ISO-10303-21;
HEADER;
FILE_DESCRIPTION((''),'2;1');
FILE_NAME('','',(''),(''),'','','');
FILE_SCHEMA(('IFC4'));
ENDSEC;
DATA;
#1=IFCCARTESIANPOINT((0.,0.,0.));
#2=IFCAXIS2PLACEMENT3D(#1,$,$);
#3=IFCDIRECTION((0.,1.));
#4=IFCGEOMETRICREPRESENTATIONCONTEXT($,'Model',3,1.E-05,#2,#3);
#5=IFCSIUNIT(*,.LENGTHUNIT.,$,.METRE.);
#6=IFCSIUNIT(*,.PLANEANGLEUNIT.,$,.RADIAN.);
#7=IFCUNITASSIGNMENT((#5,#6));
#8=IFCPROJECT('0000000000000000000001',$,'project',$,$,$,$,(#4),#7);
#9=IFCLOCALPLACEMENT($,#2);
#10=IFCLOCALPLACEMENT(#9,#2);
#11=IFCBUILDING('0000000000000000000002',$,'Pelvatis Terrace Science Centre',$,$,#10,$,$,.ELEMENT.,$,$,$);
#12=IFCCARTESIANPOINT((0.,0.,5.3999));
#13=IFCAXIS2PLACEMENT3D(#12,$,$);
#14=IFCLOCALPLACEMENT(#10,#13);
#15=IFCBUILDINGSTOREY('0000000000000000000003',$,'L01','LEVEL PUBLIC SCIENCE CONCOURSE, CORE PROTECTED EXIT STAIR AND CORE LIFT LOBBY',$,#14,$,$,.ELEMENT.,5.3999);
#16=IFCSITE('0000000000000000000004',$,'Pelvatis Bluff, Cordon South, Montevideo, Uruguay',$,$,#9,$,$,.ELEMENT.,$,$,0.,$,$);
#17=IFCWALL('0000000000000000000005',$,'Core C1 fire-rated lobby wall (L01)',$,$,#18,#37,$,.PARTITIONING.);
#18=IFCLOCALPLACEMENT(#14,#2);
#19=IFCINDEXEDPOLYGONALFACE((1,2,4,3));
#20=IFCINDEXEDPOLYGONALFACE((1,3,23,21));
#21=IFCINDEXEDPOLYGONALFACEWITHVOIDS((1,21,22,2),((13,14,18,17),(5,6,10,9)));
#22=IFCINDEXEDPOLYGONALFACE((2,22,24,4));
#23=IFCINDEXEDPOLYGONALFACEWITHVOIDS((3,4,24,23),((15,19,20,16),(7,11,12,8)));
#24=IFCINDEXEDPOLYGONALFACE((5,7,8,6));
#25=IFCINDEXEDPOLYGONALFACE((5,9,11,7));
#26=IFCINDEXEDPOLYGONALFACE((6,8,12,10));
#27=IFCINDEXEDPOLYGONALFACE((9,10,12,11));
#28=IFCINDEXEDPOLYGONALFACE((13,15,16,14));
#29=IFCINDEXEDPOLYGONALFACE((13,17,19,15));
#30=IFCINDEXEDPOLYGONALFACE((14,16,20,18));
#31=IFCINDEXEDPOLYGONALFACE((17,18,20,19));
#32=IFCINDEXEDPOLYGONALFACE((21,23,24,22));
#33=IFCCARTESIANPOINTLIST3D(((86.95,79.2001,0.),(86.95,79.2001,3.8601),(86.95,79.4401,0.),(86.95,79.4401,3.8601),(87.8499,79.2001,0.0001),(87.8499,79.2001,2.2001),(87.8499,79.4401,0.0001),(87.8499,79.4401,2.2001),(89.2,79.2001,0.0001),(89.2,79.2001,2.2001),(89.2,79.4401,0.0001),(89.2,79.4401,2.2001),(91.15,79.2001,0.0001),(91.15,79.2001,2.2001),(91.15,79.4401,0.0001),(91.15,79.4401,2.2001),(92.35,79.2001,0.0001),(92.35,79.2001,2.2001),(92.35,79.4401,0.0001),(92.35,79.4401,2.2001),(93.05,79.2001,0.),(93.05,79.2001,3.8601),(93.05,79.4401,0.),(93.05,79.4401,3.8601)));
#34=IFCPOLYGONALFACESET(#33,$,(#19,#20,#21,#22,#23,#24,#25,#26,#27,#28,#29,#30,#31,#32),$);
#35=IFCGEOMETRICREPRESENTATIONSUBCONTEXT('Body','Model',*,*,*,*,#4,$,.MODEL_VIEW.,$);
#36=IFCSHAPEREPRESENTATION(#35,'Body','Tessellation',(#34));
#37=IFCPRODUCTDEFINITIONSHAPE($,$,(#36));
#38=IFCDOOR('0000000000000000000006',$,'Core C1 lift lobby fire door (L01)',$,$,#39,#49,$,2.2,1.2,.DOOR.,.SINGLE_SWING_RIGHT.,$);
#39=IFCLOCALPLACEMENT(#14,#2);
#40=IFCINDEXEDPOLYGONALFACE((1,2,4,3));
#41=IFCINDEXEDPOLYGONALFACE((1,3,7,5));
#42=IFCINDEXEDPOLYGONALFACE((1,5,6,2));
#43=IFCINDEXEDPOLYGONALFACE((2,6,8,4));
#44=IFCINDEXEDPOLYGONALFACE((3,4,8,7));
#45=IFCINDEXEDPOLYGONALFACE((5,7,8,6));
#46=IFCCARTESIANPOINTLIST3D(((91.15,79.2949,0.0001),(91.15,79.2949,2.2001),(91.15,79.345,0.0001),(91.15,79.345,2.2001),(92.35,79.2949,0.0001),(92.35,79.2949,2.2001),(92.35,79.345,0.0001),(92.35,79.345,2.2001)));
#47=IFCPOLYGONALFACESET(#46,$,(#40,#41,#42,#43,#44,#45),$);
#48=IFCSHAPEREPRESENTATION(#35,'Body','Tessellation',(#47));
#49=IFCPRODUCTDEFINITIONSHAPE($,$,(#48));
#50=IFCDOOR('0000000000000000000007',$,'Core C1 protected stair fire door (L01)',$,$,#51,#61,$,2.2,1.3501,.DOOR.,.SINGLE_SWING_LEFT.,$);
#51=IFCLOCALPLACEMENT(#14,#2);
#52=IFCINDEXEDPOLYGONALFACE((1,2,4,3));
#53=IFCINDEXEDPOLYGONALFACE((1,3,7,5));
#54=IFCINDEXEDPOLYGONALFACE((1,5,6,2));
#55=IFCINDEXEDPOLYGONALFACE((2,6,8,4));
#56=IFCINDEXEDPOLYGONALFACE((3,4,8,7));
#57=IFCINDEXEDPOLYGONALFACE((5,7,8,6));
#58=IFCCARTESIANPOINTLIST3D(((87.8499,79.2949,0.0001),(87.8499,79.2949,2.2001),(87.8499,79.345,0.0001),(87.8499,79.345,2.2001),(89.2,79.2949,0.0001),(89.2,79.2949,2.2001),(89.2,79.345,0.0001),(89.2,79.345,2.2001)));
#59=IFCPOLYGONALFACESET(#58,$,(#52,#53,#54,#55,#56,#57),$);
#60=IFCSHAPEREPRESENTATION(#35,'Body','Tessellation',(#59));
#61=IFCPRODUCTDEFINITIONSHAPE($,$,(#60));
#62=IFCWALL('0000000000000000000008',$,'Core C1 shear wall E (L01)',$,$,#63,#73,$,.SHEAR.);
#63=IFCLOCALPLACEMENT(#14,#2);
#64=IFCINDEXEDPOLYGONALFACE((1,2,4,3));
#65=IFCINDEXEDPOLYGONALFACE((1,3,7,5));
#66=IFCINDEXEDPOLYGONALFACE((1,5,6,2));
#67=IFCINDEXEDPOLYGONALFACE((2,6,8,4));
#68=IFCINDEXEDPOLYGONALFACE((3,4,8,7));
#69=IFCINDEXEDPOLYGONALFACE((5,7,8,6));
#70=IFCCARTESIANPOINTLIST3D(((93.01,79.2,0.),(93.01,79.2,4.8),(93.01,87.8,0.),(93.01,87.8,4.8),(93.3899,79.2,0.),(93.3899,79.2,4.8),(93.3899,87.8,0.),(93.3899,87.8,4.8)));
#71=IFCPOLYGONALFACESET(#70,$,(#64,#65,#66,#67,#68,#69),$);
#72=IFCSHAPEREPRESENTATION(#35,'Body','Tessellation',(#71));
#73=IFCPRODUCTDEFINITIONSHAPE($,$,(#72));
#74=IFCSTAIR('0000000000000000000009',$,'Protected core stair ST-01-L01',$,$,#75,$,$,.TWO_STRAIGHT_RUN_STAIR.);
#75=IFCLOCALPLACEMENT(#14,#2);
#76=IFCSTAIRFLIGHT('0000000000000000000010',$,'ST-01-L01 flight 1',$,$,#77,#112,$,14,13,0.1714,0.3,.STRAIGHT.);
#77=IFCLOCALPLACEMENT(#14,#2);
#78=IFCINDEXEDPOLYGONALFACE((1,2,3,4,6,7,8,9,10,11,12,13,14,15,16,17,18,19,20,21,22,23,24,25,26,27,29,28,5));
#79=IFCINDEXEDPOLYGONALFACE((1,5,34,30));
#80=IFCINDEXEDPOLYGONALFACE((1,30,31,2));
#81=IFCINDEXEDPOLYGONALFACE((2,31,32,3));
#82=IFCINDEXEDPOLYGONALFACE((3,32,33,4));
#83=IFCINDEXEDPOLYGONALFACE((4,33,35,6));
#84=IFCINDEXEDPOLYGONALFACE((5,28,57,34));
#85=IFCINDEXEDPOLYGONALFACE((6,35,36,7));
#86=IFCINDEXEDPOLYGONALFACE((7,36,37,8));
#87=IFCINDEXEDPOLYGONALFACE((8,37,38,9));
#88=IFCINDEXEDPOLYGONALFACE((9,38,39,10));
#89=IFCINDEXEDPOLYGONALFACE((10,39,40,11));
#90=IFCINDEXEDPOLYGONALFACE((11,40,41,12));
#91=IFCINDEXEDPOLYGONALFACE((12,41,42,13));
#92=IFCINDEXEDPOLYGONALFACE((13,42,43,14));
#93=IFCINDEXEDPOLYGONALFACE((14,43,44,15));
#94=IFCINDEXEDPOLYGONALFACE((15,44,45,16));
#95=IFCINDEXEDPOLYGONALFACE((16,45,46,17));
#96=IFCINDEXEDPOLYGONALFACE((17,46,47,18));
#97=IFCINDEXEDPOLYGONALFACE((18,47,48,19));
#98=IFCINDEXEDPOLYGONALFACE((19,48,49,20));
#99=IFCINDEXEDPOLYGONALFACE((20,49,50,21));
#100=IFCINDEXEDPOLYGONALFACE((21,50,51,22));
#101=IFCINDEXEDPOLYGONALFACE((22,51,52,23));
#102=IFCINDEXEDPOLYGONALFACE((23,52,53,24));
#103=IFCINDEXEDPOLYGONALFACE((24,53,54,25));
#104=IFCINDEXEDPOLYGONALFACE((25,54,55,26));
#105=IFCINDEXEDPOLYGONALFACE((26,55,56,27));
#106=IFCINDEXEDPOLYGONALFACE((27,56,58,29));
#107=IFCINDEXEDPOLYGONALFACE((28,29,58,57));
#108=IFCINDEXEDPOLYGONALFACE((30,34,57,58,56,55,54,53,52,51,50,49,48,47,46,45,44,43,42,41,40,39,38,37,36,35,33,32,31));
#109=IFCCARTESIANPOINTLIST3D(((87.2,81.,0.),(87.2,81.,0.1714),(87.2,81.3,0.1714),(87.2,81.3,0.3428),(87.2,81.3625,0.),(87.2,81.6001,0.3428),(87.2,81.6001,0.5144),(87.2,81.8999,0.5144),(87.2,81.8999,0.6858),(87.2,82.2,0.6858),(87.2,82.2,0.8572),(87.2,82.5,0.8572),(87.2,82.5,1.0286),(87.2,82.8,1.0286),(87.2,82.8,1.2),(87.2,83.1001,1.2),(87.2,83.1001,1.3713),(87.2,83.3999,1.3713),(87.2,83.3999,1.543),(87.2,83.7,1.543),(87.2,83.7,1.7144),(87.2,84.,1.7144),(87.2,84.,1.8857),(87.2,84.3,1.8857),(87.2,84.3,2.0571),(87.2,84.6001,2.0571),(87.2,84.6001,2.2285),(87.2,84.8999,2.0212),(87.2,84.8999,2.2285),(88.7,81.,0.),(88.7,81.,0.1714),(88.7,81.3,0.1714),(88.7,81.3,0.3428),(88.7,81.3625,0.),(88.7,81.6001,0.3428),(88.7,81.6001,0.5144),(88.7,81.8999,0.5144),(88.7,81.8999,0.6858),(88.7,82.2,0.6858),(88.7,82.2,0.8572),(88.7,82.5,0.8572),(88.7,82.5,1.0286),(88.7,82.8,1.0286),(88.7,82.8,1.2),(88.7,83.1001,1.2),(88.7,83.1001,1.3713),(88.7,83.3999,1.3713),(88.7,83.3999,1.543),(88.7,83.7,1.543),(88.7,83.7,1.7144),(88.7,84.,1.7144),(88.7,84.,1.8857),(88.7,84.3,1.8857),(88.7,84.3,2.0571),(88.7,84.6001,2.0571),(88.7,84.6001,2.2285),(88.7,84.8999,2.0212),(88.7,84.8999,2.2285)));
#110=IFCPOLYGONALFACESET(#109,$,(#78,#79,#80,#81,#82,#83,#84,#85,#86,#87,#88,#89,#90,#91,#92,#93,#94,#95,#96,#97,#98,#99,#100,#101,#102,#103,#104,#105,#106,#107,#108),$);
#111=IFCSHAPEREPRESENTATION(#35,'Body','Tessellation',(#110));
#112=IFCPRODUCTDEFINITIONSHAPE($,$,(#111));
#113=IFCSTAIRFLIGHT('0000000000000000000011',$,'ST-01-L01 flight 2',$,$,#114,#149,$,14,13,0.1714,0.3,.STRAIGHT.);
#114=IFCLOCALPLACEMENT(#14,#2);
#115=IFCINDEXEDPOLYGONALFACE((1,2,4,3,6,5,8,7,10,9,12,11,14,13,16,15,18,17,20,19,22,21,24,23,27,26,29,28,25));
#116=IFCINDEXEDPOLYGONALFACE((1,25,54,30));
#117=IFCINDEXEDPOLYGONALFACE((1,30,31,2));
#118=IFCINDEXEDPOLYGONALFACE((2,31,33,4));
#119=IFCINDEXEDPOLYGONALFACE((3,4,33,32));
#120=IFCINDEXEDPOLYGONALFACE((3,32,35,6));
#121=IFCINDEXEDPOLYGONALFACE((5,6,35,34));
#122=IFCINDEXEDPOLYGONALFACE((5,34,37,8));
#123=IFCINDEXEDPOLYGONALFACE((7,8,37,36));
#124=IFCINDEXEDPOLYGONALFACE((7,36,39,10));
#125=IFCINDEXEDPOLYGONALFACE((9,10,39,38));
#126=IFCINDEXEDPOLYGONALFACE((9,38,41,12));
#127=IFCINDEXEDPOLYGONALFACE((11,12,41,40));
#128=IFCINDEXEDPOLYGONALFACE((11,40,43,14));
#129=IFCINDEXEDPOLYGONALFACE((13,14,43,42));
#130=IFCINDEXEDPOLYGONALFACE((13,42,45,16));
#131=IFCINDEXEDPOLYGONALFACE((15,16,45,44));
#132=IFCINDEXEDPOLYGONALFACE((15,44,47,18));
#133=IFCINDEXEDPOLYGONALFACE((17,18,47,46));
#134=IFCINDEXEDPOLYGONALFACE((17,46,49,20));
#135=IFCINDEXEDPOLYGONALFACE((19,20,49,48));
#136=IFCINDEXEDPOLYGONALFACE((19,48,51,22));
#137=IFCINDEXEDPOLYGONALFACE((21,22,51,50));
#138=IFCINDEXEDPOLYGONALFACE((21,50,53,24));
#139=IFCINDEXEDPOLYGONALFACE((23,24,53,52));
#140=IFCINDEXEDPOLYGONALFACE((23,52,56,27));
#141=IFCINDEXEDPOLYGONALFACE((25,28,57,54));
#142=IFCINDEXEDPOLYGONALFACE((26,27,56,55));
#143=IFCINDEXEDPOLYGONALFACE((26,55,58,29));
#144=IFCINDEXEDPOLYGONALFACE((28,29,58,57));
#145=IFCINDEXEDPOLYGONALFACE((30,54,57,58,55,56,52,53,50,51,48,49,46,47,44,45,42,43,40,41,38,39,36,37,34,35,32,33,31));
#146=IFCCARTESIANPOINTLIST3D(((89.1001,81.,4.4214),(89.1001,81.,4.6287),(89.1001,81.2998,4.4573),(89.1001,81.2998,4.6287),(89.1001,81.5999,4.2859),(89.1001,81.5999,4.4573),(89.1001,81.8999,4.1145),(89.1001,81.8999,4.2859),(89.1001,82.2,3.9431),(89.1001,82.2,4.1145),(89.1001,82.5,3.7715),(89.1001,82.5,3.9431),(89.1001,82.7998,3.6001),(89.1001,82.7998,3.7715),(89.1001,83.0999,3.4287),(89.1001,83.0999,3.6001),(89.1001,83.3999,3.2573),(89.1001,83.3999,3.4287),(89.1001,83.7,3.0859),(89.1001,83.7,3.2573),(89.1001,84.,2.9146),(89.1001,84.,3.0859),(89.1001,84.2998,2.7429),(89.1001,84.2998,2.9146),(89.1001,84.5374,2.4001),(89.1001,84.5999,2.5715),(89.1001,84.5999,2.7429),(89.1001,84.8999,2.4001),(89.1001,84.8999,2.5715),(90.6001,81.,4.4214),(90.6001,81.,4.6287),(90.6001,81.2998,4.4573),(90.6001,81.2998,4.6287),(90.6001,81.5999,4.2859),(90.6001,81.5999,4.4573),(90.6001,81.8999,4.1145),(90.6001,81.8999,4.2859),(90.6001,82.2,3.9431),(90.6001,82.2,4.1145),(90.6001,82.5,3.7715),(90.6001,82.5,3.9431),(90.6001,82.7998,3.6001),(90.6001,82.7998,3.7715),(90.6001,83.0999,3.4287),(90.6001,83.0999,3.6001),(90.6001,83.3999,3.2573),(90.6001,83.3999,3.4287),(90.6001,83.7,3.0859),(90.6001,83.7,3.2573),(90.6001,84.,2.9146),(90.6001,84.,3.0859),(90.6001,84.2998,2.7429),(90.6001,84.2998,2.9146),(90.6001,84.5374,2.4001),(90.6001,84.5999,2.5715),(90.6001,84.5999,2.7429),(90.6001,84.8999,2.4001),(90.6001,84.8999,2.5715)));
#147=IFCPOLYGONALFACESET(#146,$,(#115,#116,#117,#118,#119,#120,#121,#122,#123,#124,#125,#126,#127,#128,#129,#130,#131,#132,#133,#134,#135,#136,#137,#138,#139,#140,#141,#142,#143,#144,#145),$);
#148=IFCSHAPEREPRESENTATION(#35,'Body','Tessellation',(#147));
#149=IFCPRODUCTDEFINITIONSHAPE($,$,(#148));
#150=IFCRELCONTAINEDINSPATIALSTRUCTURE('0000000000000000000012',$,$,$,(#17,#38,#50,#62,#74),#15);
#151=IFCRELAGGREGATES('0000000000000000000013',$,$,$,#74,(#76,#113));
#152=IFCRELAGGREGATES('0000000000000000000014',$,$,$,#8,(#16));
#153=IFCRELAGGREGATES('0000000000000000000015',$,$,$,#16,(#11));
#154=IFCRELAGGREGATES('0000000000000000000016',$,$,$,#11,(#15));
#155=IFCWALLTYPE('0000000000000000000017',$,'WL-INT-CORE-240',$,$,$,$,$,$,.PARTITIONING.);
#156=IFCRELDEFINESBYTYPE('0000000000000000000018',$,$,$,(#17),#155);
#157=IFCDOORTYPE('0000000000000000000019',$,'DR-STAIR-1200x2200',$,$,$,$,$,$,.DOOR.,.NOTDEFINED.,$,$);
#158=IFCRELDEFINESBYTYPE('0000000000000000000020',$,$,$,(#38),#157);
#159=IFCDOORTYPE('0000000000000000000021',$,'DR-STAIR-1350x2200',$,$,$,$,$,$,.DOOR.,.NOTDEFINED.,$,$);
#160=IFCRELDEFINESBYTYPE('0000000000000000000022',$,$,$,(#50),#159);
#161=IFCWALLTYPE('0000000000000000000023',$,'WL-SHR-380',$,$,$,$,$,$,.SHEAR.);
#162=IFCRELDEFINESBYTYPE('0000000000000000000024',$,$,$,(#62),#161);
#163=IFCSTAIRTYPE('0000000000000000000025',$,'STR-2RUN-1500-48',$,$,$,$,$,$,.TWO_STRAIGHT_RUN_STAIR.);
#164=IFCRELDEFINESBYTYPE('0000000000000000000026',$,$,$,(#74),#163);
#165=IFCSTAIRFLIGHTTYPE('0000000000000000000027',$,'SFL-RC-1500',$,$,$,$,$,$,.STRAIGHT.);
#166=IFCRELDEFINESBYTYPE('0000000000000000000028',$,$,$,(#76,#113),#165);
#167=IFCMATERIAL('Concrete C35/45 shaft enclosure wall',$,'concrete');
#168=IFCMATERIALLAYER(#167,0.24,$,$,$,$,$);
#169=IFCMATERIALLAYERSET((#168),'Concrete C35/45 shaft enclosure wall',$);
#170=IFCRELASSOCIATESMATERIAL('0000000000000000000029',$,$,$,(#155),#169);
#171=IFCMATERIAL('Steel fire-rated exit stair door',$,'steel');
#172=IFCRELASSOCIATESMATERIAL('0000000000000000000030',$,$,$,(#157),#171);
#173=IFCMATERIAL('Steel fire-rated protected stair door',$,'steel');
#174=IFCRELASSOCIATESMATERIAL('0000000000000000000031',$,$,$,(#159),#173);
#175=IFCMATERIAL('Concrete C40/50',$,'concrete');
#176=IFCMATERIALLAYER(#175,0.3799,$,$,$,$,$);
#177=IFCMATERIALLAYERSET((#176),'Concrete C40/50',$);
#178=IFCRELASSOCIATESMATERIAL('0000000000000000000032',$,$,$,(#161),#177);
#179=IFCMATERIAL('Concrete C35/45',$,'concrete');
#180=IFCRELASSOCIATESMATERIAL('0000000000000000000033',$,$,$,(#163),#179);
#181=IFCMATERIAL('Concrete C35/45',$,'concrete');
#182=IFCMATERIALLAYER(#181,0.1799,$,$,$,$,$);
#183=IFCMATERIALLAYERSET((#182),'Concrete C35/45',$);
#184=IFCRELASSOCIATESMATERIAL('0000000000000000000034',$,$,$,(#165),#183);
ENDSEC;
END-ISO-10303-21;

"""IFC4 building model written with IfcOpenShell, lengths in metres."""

from ifc_helpers import new_model, si_unit, direction, frame, frame_2d, origin, place, context, subcontext, project, spatial, polyline, rectangle, outline, extrude, material, layer, layer_set, type_object, element, fill, aggregate, save


model = new_model("IFC4")

# Units and contexts
model_context = context("Model", 3, precision=1e-05, world=origin(), true_north=direction((0.0, 1.0)))
body_context = subcontext(model_context, "Body", "Model", "MODEL_VIEW")
ifc_project = project(units=[si_unit("LENGTHUNIT", "METRE"), si_unit("PLANEANGLEUNIT", "RADIAN")], contexts=[model_context])

# Site, building, storey
site_placement = place(None, origin())
site = spatial("IfcSite", under=ifc_project, at=site_placement, Name="Pelvatis Bluff, Cordon South, Montevideo, Uruguay", CompositionType="ELEMENT", RefElevation=0.0)
building_placement = place(site_placement, origin())
building = spatial("IfcBuilding", under=site, at=building_placement, Name="Pelvatis Terrace Science Centre", CompositionType="ELEMENT")
storey_placement = place(building_placement, frame((0.0, 0.0, 5.3999)))
storey = spatial("IfcBuildingStorey", under=building, at=storey_placement, Name="L01", Description="LEVEL PUBLIC SCIENCE CONCOURSE, CORE PROTECTED EXIT STAIR AND CORE LIFT LOBBY", CompositionType="ELEMENT", Elevation=5.3999)

# Wall, openings, doors
ifc_material_1 = material(Name="Concrete C35/45 shaft enclosure wall", Category="concrete")
ifc_layer_1 = layer(ifc_material_1, 0.24)
ifc_layer_set_1 = layer_set([ifc_layer_1], Name="Concrete C35/45 shaft enclosure wall")
wall_type_1 = type_object("IfcWallType", Name="WL-INT-CORE-240", PredefinedType="PARTITIONING", material=ifc_layer_set_1)
wall_1_placement = place(storey_placement, frame((86.95, 79.3201, 0.0), z_axis=(0.0, 0.0, 1.0), x_axis=(1.0, 0.0, 0.0)))
wall_1 = element("IfcWall", 1, at=wall_1_placement, inside=storey, type_object=wall_type_1, Name="Core C1 fire-rated lobby wall (L01)", PredefinedType="PARTITIONING", context=body_context, shape_type="SweptSolid", body=[
    extrude(rectangle(XDim=6.1001, YDim=0.24, at=frame_2d((3.05, 0.0))), origin(), (0.0, 0.0, 1.0), 3.8601),
])
opening_1_placement = place(wall_1_placement, frame((0.8999, 0.0, 0.0)))
opening_1 = element("IfcOpeningElement", 2, at=opening_1_placement, cuts=wall_1, PredefinedType="OPENING", context=body_context, shape_type="SweptSolid", body=[
    extrude(rectangle(XDim=1.3501, YDim=2.2, at=frame_2d((0.675, 1.1001))), frame((0.0, 0.1299, 0.0), z_axis=(0.0, -1.0, 0.0), x_axis=(1.0, 0.0, 0.0)), (0.0, 0.0, 1.0), 0.26),
])
opening_2_placement = place(wall_1_placement, frame((4.2, 0.0, 0.0)))
opening_2 = element("IfcOpeningElement", 3, at=opening_2_placement, cuts=wall_1, PredefinedType="OPENING", context=body_context, shape_type="SweptSolid", body=[
    extrude(rectangle(XDim=1.2, YDim=2.2, at=frame_2d((0.6001, 1.1001))), frame((0.0, 0.1299, 0.0), z_axis=(0.0, -1.0, 0.0), x_axis=(1.0, 0.0, 0.0)), (0.0, 0.0, 1.0), 0.26),
])
ifc_material_2 = material(Name="Steel fire-rated exit stair door", Category="steel")
door_type_1 = type_object("IfcDoorType", Name="DR-STAIR-1200x2200", OperationType="NOTDEFINED", PredefinedType="DOOR", material=ifc_material_2)
door_1_placement = place(opening_2_placement, origin())
door_1 = element("IfcDoor", 4, at=door_1_placement, inside=storey, type_object=door_type_1, Name="Core C1 lift lobby fire door (L01)", OperationType="SINGLE_SWING_RIGHT", OverallHeight=2.2, OverallWidth=1.2, PredefinedType="DOOR", context=body_context, shape_type="SweptSolid", body=[
    extrude(rectangle(XDim=1.2, YDim=2.2, at=frame_2d((0.6001, 1.1001))), frame((0.0, 0.0249, 0.0), z_axis=(0.0, -1.0, 0.0), x_axis=(1.0, 0.0, 0.0)), (0.0, 0.0, 1.0), 0.05),
])
fill(opening_2, door_1)
ifc_material_3 = material(Name="Steel fire-rated protected stair door", Category="steel")
door_type_2 = type_object("IfcDoorType", Name="DR-STAIR-1350x2200", OperationType="NOTDEFINED", PredefinedType="DOOR", material=ifc_material_3)
door_2_placement = place(opening_1_placement, origin())
door_2 = element("IfcDoor", 5, at=door_2_placement, inside=storey, type_object=door_type_2, Name="Core C1 protected stair fire door (L01)", OperationType="SINGLE_SWING_LEFT", OverallHeight=2.2, OverallWidth=1.3501, PredefinedType="DOOR", context=body_context, shape_type="SweptSolid", body=[
    extrude(rectangle(XDim=1.3501, YDim=2.2, at=frame_2d((0.675, 1.1001))), frame((0.0, 0.0249, 0.0), z_axis=(0.0, -1.0, 0.0), x_axis=(1.0, 0.0, 0.0)), (0.0, 0.0, 1.0), 0.05),
])
fill(opening_1, door_2)

# Wall
ifc_material_4 = material(Name="Concrete C40/50", Category="concrete")
ifc_layer_2 = layer(ifc_material_4, 0.3799)
ifc_layer_set_2 = layer_set([ifc_layer_2], Name="Concrete C40/50")
wall_type_2 = type_object("IfcWallType", Name="WL-SHR-380", PredefinedType="SHEAR", material=ifc_layer_set_2)
wall_2_placement = place(storey_placement, frame((93.2, 79.2, 0.0), z_axis=(0.0, 0.0, 1.0), x_axis=(0.0, 1.0, 0.0)))
element("IfcWall", 6, at=wall_2_placement, inside=storey, type_object=wall_type_2, Name="Core C1 shear wall E (L01)", PredefinedType="SHEAR", context=body_context, shape_type="SweptSolid", body=[
    extrude(rectangle(XDim=8.6001, YDim=0.3799, at=frame_2d((4.3, 0.0))), origin(), (0.0, 0.0, 1.0), 4.8),
])

# Stair, stair flights
ifc_material_5 = material(Name="Concrete C35/45", Category="concrete")
stair_type = type_object("IfcStairType", Name="STR-2RUN-1500-48", PredefinedType="TWO_STRAIGHT_RUN_STAIR", material=ifc_material_5)
stair_placement = place(storey_placement, origin())
stair = element("IfcStair", 7, at=stair_placement, inside=storey, type_object=stair_type, Name="Protected core stair ST-01-L01", PredefinedType="TWO_STRAIGHT_RUN_STAIR")
ifc_material_6 = material(Name="Concrete C35/45", Category="concrete")
ifc_layer_3 = layer(ifc_material_6, 0.1799)
ifc_layer_set_3 = layer_set([ifc_layer_3], Name="Concrete C35/45")
stair_flight_type = type_object("IfcStairFlightType", Name="SFL-RC-1500", PredefinedType="STRAIGHT", material=ifc_layer_set_3)
stair_flight_1_placement = place(storey_placement, frame((87.95, 81.0, 0.0), z_axis=(0.0, 0.0, 1.0), x_axis=(0.0, 1.0, 0.0)))
stair_flight_1 = element("IfcStairFlight", 8, at=stair_flight_1_placement, type_object=stair_flight_type, Name="ST-01-L01 flight 1", NumberOfRisers=14, NumberOfTreads=13, PredefinedType="STRAIGHT", RiserHeight=0.1714, TreadLength=0.3, context=body_context, shape_type="SweptSolid", body=[
    extrude(outline(polyline([(0.0, 0.0), (0.0, 0.1714), (0.3, 0.1714), (0.3, 0.3428), (0.6001, 0.3428), (0.6001, 0.5144), (0.8999, 0.5144), (0.8999, 0.6858), (1.2, 0.6858), (1.2, 0.8572), (1.5, 0.8572), (1.5, 1.0286), (1.8, 1.0286), (1.8, 1.2), (2.1001, 1.2), (2.1001, 1.3713), (2.3999, 1.3713), (2.3999, 1.543), (2.7, 1.543), (2.7, 1.7144), (3.0, 1.7144), (3.0, 1.8857), (3.3, 1.8857), (3.3, 2.0571), (3.6001, 2.0571), (3.6001, 2.2285), (3.8999, 2.2285), (3.8999, 2.3999), (3.8999, 2.0212), (0.3625, 0.0), (0.0, 0.0)])), frame((0.0, 0.75, 0.0), z_axis=(0.0, -1.0, 0.0), x_axis=(1.0, 0.0, 0.0)), (0.0, 0.0, 1.0), 1.5),
])
stair_flight_2_placement = place(storey_placement, frame((89.8501, 84.8999, 2.4001), z_axis=(0.0, 0.0, 1.0), x_axis=(0.0, -1.0, 0.0)))
stair_flight_2 = element("IfcStairFlight", 9, at=stair_flight_2_placement, type_object=stair_flight_type, Name="ST-01-L01 flight 2", NumberOfRisers=14, NumberOfTreads=13, PredefinedType="STRAIGHT", RiserHeight=0.1714, TreadLength=0.3, context=body_context, shape_type="SweptSolid", body=[
    extrude(outline(polyline([(0.0, 0.0), (0.0, 0.1714), (0.3, 0.1714), (0.3, 0.3428), (0.6001, 0.3428), (0.6001, 0.5144), (0.8999, 0.5144), (0.8999, 0.6858), (1.2, 0.6858), (1.2, 0.8572), (1.5, 0.8572), (1.5, 1.0286), (1.8, 1.0286), (1.8, 1.2), (2.1001, 1.2), (2.1001, 1.3713), (2.3999, 1.3713), (2.3999, 1.543), (2.7, 1.543), (2.7, 1.7144), (3.0, 1.7144), (3.0, 1.8857), (3.3, 1.8857), (3.3, 2.0571), (3.6001, 2.0571), (3.6001, 2.2285), (3.8999, 2.2285), (3.8999, 2.3999), (3.8999, 2.0212), (0.3625, 0.0), (0.0, 0.0)])), frame((0.0, 0.75, 0.0), z_axis=(0.0, -1.0, 0.0), x_axis=(1.0, 0.0, 0.0)), (0.0, 0.0, 1.0), 1.5),
])
aggregate(stair, [stair_flight_1, stair_flight_2])

save(model, "model.ifc")
